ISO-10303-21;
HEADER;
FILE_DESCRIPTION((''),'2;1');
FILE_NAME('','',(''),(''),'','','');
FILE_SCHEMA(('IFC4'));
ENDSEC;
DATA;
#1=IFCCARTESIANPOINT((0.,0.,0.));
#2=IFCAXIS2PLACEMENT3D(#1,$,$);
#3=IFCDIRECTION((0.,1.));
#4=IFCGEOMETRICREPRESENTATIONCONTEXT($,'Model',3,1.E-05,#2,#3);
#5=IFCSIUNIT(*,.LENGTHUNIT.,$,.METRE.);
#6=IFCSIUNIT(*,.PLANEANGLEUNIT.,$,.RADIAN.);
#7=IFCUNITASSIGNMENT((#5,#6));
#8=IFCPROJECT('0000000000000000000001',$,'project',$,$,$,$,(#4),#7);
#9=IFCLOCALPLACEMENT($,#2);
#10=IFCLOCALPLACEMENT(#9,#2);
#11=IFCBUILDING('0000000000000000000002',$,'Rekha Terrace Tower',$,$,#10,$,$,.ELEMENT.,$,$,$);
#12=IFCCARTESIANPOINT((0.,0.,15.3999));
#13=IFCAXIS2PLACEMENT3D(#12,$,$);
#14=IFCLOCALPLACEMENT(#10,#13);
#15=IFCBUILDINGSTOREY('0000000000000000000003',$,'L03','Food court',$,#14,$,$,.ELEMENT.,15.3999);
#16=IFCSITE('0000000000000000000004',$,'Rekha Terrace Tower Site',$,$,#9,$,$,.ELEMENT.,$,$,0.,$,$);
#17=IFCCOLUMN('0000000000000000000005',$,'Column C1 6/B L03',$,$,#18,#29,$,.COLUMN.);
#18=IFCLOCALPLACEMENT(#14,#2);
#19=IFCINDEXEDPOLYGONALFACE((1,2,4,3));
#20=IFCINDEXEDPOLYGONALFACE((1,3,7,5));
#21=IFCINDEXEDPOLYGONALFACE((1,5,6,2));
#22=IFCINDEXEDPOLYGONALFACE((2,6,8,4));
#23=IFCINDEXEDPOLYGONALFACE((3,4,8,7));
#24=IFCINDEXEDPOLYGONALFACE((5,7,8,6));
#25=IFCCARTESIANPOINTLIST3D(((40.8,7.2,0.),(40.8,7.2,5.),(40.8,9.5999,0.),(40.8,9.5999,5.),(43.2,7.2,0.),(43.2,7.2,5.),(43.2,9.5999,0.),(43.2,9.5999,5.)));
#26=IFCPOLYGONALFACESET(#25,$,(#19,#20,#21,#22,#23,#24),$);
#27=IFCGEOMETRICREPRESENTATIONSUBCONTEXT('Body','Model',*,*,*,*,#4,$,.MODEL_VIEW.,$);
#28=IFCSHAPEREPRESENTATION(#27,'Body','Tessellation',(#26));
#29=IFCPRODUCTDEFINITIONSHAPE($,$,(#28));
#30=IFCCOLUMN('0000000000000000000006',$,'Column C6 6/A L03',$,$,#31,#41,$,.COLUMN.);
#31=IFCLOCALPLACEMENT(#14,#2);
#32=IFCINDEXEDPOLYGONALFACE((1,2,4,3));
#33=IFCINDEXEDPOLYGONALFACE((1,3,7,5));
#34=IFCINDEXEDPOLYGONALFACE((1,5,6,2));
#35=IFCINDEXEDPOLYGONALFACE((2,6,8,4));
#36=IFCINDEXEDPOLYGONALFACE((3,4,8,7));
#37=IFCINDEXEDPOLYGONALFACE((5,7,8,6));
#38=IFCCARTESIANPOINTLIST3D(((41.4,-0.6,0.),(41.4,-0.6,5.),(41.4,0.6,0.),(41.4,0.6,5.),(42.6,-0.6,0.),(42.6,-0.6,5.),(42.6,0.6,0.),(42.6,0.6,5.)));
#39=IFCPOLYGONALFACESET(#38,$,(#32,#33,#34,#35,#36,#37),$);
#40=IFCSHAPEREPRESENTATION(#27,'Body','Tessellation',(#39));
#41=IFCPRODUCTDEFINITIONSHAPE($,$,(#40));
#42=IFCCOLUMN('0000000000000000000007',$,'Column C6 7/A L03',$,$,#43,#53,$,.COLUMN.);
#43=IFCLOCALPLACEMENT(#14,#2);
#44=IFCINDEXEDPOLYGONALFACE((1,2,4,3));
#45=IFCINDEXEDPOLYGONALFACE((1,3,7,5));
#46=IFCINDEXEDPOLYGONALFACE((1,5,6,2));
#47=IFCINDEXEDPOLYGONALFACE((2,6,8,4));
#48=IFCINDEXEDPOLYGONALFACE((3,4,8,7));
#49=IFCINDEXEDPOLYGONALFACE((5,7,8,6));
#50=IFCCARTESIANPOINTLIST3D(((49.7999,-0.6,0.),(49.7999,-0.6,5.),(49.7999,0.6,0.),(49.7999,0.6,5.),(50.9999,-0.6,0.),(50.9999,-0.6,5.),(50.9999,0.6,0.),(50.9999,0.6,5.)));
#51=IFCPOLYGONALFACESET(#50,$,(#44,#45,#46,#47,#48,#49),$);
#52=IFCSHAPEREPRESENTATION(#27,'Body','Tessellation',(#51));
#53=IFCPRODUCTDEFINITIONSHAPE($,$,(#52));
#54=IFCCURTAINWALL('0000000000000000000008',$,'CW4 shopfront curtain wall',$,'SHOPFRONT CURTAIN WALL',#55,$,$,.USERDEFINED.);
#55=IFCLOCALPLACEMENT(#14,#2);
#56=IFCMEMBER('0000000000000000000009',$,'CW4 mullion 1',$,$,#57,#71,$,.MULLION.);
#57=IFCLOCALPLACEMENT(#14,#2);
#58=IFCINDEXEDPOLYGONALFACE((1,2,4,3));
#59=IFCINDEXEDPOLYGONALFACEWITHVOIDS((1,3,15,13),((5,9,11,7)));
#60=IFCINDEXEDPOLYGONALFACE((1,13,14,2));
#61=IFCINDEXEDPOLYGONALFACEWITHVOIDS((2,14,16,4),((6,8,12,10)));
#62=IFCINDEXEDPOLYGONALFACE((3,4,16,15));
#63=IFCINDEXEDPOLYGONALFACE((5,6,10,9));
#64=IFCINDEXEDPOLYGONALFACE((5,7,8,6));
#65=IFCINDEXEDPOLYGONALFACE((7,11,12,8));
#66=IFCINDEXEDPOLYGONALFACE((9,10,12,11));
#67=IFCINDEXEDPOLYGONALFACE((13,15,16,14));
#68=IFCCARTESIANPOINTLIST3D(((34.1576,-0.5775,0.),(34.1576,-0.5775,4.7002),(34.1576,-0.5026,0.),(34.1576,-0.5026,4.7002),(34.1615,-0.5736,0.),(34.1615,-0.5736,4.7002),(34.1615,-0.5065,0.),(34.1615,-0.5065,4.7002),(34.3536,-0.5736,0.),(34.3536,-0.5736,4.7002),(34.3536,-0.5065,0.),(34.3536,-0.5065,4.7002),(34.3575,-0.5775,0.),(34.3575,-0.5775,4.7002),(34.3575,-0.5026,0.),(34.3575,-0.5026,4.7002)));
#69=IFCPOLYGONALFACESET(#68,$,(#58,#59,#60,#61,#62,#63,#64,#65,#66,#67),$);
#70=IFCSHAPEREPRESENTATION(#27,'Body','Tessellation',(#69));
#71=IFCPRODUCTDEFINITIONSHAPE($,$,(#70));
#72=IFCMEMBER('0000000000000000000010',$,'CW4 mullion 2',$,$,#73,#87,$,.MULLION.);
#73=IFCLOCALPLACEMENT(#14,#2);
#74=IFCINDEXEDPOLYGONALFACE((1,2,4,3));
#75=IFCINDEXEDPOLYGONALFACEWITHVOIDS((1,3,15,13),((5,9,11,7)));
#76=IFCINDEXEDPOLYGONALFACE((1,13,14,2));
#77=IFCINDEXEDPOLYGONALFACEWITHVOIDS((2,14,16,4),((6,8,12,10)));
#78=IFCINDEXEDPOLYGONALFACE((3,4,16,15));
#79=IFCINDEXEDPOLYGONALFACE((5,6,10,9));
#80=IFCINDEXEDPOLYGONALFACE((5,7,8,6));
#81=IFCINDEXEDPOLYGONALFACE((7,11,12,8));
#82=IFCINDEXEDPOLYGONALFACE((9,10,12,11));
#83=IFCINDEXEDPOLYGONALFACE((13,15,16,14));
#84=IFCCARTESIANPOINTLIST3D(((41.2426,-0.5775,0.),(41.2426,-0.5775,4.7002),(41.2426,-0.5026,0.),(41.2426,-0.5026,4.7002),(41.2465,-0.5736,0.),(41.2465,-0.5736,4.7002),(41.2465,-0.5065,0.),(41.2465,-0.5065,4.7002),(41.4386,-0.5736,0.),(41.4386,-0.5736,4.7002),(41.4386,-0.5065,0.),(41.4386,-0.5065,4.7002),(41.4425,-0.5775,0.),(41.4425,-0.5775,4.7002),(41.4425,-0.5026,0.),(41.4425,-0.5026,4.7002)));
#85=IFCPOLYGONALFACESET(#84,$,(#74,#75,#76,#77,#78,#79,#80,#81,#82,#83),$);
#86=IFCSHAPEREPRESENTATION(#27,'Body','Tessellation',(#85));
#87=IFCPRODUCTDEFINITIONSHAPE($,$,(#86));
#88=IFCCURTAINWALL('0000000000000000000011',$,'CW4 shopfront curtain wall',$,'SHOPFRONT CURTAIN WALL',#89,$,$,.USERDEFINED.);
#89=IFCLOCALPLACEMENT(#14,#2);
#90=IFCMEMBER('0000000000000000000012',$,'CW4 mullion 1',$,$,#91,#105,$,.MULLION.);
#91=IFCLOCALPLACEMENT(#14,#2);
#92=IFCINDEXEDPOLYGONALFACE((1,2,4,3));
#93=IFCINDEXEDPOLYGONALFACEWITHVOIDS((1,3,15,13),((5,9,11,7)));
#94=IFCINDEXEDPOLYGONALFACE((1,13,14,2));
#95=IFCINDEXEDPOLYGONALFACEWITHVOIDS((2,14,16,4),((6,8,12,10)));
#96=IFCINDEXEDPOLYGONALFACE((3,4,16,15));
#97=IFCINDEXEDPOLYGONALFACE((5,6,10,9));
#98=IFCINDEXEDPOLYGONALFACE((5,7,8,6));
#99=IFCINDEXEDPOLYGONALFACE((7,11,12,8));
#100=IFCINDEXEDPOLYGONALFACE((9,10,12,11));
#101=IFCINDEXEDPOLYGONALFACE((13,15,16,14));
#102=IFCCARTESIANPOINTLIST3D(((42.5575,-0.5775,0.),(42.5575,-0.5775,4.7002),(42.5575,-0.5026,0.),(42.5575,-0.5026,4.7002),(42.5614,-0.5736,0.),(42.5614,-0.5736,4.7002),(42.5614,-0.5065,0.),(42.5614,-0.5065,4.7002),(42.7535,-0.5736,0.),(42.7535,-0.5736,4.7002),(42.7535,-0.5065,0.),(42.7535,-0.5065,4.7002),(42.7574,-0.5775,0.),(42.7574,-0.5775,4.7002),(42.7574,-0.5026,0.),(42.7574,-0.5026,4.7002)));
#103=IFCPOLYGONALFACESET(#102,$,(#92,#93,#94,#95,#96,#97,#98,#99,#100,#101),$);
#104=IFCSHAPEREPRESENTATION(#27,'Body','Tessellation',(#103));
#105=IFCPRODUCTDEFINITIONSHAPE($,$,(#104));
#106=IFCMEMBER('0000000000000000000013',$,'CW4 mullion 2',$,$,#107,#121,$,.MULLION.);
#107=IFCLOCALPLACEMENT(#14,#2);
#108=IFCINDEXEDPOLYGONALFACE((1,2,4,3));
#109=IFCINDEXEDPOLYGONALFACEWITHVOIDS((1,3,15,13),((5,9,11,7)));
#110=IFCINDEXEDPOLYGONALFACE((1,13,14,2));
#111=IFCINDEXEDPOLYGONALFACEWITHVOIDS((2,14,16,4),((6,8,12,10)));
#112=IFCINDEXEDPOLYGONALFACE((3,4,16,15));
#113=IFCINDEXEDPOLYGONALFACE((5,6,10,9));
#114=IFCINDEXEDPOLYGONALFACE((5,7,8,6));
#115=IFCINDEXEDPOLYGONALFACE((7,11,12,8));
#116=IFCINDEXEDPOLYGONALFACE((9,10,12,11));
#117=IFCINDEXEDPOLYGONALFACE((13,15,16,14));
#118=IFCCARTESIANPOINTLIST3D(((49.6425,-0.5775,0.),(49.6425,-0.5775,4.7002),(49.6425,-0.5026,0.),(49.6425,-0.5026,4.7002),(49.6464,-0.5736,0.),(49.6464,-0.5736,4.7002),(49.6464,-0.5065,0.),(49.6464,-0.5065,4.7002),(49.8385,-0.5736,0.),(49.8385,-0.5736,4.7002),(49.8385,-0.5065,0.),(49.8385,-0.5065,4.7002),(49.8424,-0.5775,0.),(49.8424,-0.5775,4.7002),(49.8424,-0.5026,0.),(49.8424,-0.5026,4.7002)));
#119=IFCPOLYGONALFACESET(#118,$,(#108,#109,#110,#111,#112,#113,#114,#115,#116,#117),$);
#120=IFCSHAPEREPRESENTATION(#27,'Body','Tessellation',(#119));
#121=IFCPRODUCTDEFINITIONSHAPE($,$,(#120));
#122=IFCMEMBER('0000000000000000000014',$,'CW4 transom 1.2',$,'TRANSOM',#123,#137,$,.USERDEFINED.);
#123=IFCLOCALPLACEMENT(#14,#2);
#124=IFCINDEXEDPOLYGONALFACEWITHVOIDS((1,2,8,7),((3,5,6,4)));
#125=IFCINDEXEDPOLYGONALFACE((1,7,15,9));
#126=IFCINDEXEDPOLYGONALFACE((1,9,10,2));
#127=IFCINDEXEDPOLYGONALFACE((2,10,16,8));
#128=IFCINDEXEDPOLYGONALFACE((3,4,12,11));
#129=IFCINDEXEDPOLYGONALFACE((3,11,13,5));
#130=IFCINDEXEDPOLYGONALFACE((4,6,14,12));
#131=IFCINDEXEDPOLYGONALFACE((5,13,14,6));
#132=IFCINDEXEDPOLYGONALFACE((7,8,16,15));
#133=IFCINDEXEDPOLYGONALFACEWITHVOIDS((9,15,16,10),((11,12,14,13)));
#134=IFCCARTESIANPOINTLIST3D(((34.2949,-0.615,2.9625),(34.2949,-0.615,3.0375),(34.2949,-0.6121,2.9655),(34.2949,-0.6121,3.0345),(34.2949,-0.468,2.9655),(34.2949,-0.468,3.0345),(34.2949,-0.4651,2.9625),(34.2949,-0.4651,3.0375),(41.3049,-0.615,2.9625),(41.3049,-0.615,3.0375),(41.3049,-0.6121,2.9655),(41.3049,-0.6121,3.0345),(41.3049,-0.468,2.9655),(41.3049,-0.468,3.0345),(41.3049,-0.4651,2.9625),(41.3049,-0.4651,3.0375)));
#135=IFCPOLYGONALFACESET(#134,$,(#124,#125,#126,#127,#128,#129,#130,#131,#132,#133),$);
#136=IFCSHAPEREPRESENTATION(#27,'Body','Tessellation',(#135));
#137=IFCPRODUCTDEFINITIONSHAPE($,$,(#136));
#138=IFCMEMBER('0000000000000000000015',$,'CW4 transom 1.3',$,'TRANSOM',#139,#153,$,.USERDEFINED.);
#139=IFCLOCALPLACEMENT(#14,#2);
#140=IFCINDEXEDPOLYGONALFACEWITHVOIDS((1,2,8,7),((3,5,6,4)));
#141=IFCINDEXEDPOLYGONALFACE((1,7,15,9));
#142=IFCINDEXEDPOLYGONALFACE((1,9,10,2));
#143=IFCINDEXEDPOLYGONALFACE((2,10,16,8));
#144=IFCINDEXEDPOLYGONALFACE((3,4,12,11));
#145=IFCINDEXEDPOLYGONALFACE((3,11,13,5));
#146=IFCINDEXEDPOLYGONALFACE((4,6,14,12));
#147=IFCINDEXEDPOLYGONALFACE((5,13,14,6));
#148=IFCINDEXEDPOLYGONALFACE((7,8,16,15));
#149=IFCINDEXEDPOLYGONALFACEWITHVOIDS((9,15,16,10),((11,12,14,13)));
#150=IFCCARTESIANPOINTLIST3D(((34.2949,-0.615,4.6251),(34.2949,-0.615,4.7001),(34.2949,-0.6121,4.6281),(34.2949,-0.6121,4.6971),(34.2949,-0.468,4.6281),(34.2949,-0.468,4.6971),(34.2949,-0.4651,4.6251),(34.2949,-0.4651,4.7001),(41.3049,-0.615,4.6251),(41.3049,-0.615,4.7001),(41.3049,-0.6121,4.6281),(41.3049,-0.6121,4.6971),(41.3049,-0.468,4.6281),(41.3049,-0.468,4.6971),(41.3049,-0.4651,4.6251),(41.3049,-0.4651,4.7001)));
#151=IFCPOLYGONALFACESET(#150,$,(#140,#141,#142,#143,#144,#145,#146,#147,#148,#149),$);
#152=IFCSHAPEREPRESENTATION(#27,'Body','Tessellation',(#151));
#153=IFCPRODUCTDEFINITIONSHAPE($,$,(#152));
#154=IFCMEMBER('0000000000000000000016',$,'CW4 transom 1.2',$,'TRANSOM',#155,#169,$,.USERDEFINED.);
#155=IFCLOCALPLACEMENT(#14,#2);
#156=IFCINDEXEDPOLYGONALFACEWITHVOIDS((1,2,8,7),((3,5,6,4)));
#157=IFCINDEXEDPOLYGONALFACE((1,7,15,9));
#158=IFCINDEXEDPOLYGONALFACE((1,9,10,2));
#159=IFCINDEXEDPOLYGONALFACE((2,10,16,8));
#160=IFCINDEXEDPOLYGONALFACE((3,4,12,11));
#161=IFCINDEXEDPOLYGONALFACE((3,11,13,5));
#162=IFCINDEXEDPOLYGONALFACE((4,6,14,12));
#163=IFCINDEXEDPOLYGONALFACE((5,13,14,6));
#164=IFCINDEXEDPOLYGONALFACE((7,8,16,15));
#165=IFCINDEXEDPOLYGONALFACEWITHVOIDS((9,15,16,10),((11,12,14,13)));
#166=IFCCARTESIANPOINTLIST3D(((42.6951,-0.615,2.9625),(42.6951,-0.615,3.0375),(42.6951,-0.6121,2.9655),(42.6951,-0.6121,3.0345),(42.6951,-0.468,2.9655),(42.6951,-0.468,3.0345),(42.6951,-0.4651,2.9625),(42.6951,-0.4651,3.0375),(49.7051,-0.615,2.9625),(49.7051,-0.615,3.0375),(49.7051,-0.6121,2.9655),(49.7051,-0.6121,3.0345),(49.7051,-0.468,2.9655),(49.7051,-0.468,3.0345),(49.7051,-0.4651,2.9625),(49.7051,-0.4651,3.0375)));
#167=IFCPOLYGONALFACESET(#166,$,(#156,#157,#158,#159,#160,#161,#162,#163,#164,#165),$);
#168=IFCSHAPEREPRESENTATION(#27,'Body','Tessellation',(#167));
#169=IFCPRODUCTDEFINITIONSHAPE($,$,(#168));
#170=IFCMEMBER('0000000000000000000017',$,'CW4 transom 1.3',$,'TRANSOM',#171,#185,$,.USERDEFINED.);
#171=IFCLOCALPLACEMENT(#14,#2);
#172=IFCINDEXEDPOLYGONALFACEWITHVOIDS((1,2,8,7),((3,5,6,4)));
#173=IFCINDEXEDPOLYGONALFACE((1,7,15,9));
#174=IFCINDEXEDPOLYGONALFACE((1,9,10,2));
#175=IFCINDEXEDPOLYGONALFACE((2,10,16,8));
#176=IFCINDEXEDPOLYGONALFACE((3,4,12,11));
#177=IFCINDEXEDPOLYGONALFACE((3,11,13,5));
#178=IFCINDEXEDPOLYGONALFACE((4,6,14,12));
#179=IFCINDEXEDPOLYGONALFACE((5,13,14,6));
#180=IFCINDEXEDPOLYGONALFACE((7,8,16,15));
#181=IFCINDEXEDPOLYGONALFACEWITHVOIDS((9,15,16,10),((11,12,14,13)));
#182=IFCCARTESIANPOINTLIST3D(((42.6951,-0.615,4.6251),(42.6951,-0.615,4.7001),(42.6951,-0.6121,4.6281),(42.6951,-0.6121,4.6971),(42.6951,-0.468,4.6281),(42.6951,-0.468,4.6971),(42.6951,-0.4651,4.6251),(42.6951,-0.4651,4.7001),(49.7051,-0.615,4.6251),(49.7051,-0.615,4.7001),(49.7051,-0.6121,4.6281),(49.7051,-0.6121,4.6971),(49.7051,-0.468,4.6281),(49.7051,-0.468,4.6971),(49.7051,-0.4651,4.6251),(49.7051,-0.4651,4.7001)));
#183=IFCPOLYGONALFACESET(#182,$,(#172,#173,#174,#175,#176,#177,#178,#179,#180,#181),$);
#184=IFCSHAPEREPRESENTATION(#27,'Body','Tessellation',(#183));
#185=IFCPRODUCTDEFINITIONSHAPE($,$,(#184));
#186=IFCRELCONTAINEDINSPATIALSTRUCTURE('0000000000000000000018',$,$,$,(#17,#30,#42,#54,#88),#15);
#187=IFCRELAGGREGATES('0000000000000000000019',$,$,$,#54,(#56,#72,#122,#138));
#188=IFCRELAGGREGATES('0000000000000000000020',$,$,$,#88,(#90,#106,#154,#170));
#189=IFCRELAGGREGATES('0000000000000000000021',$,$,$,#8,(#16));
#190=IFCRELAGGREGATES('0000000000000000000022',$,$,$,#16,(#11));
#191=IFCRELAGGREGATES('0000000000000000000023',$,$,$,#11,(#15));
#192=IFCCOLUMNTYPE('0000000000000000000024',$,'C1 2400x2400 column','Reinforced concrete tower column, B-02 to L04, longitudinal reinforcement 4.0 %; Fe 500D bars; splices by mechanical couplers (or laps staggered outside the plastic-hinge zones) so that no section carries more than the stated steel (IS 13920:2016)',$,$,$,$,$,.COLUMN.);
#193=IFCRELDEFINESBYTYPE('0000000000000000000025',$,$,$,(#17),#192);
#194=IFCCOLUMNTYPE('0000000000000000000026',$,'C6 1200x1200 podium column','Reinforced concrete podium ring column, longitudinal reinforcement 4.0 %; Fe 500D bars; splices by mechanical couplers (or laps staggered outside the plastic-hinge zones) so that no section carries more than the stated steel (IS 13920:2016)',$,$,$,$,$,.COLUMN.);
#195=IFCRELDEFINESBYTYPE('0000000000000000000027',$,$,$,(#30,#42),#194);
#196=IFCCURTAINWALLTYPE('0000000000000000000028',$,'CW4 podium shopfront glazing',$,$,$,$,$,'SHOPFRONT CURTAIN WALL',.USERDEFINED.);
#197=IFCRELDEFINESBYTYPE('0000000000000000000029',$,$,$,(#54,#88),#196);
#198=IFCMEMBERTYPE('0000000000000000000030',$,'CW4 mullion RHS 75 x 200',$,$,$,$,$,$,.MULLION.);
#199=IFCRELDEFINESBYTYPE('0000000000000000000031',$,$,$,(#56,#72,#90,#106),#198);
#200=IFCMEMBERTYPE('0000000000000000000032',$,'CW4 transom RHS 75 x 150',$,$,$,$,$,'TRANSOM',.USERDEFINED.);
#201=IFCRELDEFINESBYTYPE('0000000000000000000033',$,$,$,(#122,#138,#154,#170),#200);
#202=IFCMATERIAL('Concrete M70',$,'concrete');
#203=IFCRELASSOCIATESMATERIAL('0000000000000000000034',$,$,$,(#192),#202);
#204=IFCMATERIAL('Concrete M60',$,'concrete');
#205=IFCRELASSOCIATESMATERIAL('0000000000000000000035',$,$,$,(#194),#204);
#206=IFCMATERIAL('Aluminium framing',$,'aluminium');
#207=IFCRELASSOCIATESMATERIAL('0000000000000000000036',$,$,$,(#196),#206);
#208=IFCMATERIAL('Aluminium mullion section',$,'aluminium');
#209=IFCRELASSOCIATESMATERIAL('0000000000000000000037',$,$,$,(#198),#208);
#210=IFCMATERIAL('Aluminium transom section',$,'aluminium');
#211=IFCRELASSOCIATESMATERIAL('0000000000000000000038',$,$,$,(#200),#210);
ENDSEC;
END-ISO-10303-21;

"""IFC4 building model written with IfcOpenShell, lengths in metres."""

from ifc_helpers import new_model, si_unit, direction, frame, origin, origin_2d, place, context, subcontext, project, spatial, rectangle, hollow_rectangle, extrude, material, material_profile, profile_set, type_object, element, aggregate, save


model = new_model("IFC4")

# Units and contexts
model_context = context("Model", 3, precision=1e-05, world=origin(), true_north=direction((0.0, 1.0)))
body_context = subcontext(model_context, "Body", "Model", "MODEL_VIEW")
ifc_project = project(units=[si_unit("LENGTHUNIT", "METRE"), si_unit("PLANEANGLEUNIT", "RADIAN")], contexts=[model_context])

# Site, building, storey
site_placement = place(None, origin())
site = spatial("IfcSite", under=ifc_project, at=site_placement, Name="Rekha Terrace Tower Site", CompositionType="ELEMENT", RefElevation=0.0)
building_placement = place(site_placement, origin())
building = spatial("IfcBuilding", under=site, at=building_placement, Name="Rekha Terrace Tower", CompositionType="ELEMENT")
storey_placement = place(building_placement, frame((0.0, 0.0, 15.3999)))
storey = spatial("IfcBuildingStorey", under=building, at=storey_placement, Name="L03", Description="Food court", CompositionType="ELEMENT", Elevation=15.3999)

# Columns
ifc_material_1 = material(Name="Concrete M70", Category="concrete")
ifc_material_profile_1 = material_profile(ifc_material_1, rectangle(XDim=2.3999, YDim=2.3999, at=origin_2d()), Name="RC 2400x2400")
ifc_profile_set_1 = profile_set([ifc_material_profile_1], Name="Concrete M70")
column_type_1 = type_object("IfcColumnType", Name="C1 2400x2400 column", Description="Reinforced concrete tower column, B-02 to L04, longitudinal reinforcement 4.0 %; Fe 500D bars; splices by mechanical couplers (or laps staggered outside the plastic-hinge zones) so that no section carries more than the stated steel (IS 13920:2016)", PredefinedType="COLUMN", material=ifc_profile_set_1)
column_placement = place(storey_placement, frame((42.0, 8.3999, 0.0), z_axis=(0.0, 0.0, 1.0), x_axis=(1.0, 0.0, 0.0)))
element("IfcColumn", 1, at=column_placement, inside=storey, type_object=column_type_1, Name="Column C1 6/B L03", PredefinedType="COLUMN", context=body_context, shape_type="SweptSolid", body=[
    extrude(rectangle(XDim=2.3999, YDim=2.3999, at=origin_2d()), origin(), (0.0, 0.0, 1.0), 5.0),
])
ifc_material_2 = material(Name="Concrete M60", Category="concrete")
ifc_material_profile_2 = material_profile(ifc_material_2, rectangle(XDim=1.2, YDim=1.2, at=origin_2d()), Name="RC 1200x1200")
ifc_profile_set_2 = profile_set([ifc_material_profile_2], Name="Concrete M60")
column_type_2 = type_object("IfcColumnType", Name="C6 1200x1200 podium column", Description="Reinforced concrete podium ring column, longitudinal reinforcement 4.0 %; Fe 500D bars; splices by mechanical couplers (or laps staggered outside the plastic-hinge zones) so that no section carries more than the stated steel (IS 13920:2016)", PredefinedType="COLUMN", material=ifc_profile_set_2)
for number, where, z_axis, x_axis, name in (
    (2, (42.0, 0.0, 0.0), (0.0, 0.0, 1.0), (1.0, 0.0, 0.0), "Column C6 6/A L03"),
    (3, (50.3999, 0.0, 0.0), (0.0, 0.0, 1.0), (1.0, 0.0, 0.0), "Column C6 7/A L03"),
):
    element("IfcColumn", number, at=place(storey_placement, frame(where, z_axis=z_axis, x_axis=x_axis)), inside=storey, type_object=column_type_2, Name=name, PredefinedType="COLUMN", context=body_context, shape_type="SweptSolid", body=[
        extrude(rectangle(XDim=1.2, YDim=1.2, at=origin_2d()), origin(), (0.0, 0.0, 1.0), 5.0),
    ])

# Curtain walls, members
ifc_material_3 = material(Name="Aluminium framing", Category="aluminium")
curtain_wall_type = type_object("IfcCurtainWallType", Name="CW4 podium shopfront glazing", ElementType="SHOPFRONT CURTAIN WALL", PredefinedType="USERDEFINED", material=ifc_material_3)
curtain_wall_1_placement = place(storey_placement, origin())
curtain_wall_1 = element("IfcCurtainWall", 4, at=curtain_wall_1_placement, inside=storey, type_object=curtain_wall_type, Name="CW4 shopfront curtain wall", ObjectType="SHOPFRONT CURTAIN WALL", PredefinedType="USERDEFINED")
ifc_material_4 = material(Name="Aluminium mullion section", Category="aluminium")
ifc_material_profile_3 = material_profile(ifc_material_4, hollow_rectangle(XDim=0.075, YDim=0.2, WallThickness=0.0039, at=origin_2d()), Name="AL RHS 75x200")
ifc_profile_set_3 = profile_set([ifc_material_profile_3], Name="Aluminium mullion section")
member_type_1 = type_object("IfcMemberType", Name="CW4 mullion RHS 75 x 200", PredefinedType="MULLION", material=ifc_profile_set_3)
member_1_placement = place(storey_placement, frame((34.2576, -0.54, 0.0), z_axis=(0.0, 0.0, 1.0), x_axis=(0.0, 1.0, 0.0)))
member_1 = element("IfcMember", 5, at=member_1_placement, type_object=member_type_1, Name="CW4 mullion 1", PredefinedType="MULLION", context=body_context, shape_type="SweptSolid", body=[
    extrude(hollow_rectangle(XDim=0.075, YDim=0.2, WallThickness=0.0039, at=origin_2d()), origin(), (0.0, 0.0, 1.0), 4.7002),
])
member_2_placement = place(storey_placement, frame((41.3425, -0.54, 0.0), z_axis=(0.0, 0.0, 1.0), x_axis=(0.0, 1.0, 0.0)))
member_2 = element("IfcMember", 6, at=member_2_placement, type_object=member_type_1, Name="CW4 mullion 2", PredefinedType="MULLION", context=body_context, shape_type="SweptSolid", body=[
    extrude(hollow_rectangle(XDim=0.075, YDim=0.2, WallThickness=0.0039, at=origin_2d()), origin(), (0.0, 0.0, 1.0), 4.7002),
])
curtain_wall_2_placement = place(storey_placement, origin())
curtain_wall_2 = element("IfcCurtainWall", 7, at=curtain_wall_2_placement, inside=storey, type_object=curtain_wall_type, Name="CW4 shopfront curtain wall", ObjectType="SHOPFRONT CURTAIN WALL", PredefinedType="USERDEFINED")
member_3_placement = place(storey_placement, frame((42.6575, -0.54, 0.0), z_axis=(0.0, 0.0, 1.0), x_axis=(0.0, 1.0, 0.0)))
member_3 = element("IfcMember", 8, at=member_3_placement, type_object=member_type_1, Name="CW4 mullion 1", PredefinedType="MULLION", context=body_context, shape_type="SweptSolid", body=[
    extrude(hollow_rectangle(XDim=0.075, YDim=0.2, WallThickness=0.0039, at=origin_2d()), origin(), (0.0, 0.0, 1.0), 4.7002),
])
member_4_placement = place(storey_placement, frame((49.7424, -0.54, 0.0), z_axis=(0.0, 0.0, 1.0), x_axis=(0.0, 1.0, 0.0)))
member_4 = element("IfcMember", 9, at=member_4_placement, type_object=member_type_1, Name="CW4 mullion 2", PredefinedType="MULLION", context=body_context, shape_type="SweptSolid", body=[
    extrude(hollow_rectangle(XDim=0.075, YDim=0.2, WallThickness=0.0039, at=origin_2d()), origin(), (0.0, 0.0, 1.0), 4.7002),
])

# Members
ifc_material_5 = material(Name="Aluminium transom section", Category="aluminium")
ifc_material_profile_4 = material_profile(ifc_material_5, hollow_rectangle(XDim=0.1499, YDim=0.075, WallThickness=0.0029, at=origin_2d()), Name="AL RHS 150x75")
ifc_profile_set_4 = profile_set([ifc_material_profile_4], Name="Aluminium transom section")
member_type_2 = type_object("IfcMemberType", Name="CW4 transom RHS 75 x 150", ElementType="TRANSOM", PredefinedType="USERDEFINED", material=ifc_profile_set_4)
member_5_placement = place(storey_placement, frame((34.2949, -0.54, 3.0), z_axis=(1.0, 0.0, 0.0), x_axis=(0.0, 1.0, 0.0)))
member_5 = element("IfcMember", 10, at=member_5_placement, type_object=member_type_2, Name="CW4 transom 1.2", ObjectType="TRANSOM", PredefinedType="USERDEFINED", context=body_context, shape_type="SweptSolid", body=[
    extrude(hollow_rectangle(XDim=0.1499, YDim=0.075, WallThickness=0.0029, at=origin_2d()), origin(), (0.0, 0.0, 1.0), 7.01),
])
member_6_placement = place(storey_placement, frame((34.2949, -0.54, 4.6626), z_axis=(1.0, 0.0, 0.0), x_axis=(0.0, 1.0, 0.0)))
member_6 = element("IfcMember", 11, at=member_6_placement, type_object=member_type_2, Name="CW4 transom 1.3", ObjectType="TRANSOM", PredefinedType="USERDEFINED", context=body_context, shape_type="SweptSolid", body=[
    extrude(hollow_rectangle(XDim=0.1499, YDim=0.075, WallThickness=0.0029, at=origin_2d()), origin(), (0.0, 0.0, 1.0), 7.01),
])
member_7_placement = place(storey_placement, frame((42.6951, -0.54, 3.0), z_axis=(1.0, 0.0, 0.0), x_axis=(0.0, 1.0, 0.0)))
member_7 = element("IfcMember", 12, at=member_7_placement, type_object=member_type_2, Name="CW4 transom 1.2", ObjectType="TRANSOM", PredefinedType="USERDEFINED", context=body_context, shape_type="SweptSolid", body=[
    extrude(hollow_rectangle(XDim=0.1499, YDim=0.075, WallThickness=0.0029, at=origin_2d()), origin(), (0.0, 0.0, 1.0), 7.01),
])
member_8_placement = place(storey_placement, frame((42.6951, -0.54, 4.6626), z_axis=(1.0, 0.0, 0.0), x_axis=(0.0, 1.0, 0.0)))
member_8 = element("IfcMember", 13, at=member_8_placement, type_object=member_type_2, Name="CW4 transom 1.3", ObjectType="TRANSOM", PredefinedType="USERDEFINED", context=body_context, shape_type="SweptSolid", body=[
    extrude(hollow_rectangle(XDim=0.1499, YDim=0.075, WallThickness=0.0029, at=origin_2d()), origin(), (0.0, 0.0, 1.0), 7.01),
])

aggregate(curtain_wall_1, [member_1, member_2, member_5, member_6])
aggregate(curtain_wall_2, [member_3, member_4, member_7, member_8])

save(model, "model.ifc")
